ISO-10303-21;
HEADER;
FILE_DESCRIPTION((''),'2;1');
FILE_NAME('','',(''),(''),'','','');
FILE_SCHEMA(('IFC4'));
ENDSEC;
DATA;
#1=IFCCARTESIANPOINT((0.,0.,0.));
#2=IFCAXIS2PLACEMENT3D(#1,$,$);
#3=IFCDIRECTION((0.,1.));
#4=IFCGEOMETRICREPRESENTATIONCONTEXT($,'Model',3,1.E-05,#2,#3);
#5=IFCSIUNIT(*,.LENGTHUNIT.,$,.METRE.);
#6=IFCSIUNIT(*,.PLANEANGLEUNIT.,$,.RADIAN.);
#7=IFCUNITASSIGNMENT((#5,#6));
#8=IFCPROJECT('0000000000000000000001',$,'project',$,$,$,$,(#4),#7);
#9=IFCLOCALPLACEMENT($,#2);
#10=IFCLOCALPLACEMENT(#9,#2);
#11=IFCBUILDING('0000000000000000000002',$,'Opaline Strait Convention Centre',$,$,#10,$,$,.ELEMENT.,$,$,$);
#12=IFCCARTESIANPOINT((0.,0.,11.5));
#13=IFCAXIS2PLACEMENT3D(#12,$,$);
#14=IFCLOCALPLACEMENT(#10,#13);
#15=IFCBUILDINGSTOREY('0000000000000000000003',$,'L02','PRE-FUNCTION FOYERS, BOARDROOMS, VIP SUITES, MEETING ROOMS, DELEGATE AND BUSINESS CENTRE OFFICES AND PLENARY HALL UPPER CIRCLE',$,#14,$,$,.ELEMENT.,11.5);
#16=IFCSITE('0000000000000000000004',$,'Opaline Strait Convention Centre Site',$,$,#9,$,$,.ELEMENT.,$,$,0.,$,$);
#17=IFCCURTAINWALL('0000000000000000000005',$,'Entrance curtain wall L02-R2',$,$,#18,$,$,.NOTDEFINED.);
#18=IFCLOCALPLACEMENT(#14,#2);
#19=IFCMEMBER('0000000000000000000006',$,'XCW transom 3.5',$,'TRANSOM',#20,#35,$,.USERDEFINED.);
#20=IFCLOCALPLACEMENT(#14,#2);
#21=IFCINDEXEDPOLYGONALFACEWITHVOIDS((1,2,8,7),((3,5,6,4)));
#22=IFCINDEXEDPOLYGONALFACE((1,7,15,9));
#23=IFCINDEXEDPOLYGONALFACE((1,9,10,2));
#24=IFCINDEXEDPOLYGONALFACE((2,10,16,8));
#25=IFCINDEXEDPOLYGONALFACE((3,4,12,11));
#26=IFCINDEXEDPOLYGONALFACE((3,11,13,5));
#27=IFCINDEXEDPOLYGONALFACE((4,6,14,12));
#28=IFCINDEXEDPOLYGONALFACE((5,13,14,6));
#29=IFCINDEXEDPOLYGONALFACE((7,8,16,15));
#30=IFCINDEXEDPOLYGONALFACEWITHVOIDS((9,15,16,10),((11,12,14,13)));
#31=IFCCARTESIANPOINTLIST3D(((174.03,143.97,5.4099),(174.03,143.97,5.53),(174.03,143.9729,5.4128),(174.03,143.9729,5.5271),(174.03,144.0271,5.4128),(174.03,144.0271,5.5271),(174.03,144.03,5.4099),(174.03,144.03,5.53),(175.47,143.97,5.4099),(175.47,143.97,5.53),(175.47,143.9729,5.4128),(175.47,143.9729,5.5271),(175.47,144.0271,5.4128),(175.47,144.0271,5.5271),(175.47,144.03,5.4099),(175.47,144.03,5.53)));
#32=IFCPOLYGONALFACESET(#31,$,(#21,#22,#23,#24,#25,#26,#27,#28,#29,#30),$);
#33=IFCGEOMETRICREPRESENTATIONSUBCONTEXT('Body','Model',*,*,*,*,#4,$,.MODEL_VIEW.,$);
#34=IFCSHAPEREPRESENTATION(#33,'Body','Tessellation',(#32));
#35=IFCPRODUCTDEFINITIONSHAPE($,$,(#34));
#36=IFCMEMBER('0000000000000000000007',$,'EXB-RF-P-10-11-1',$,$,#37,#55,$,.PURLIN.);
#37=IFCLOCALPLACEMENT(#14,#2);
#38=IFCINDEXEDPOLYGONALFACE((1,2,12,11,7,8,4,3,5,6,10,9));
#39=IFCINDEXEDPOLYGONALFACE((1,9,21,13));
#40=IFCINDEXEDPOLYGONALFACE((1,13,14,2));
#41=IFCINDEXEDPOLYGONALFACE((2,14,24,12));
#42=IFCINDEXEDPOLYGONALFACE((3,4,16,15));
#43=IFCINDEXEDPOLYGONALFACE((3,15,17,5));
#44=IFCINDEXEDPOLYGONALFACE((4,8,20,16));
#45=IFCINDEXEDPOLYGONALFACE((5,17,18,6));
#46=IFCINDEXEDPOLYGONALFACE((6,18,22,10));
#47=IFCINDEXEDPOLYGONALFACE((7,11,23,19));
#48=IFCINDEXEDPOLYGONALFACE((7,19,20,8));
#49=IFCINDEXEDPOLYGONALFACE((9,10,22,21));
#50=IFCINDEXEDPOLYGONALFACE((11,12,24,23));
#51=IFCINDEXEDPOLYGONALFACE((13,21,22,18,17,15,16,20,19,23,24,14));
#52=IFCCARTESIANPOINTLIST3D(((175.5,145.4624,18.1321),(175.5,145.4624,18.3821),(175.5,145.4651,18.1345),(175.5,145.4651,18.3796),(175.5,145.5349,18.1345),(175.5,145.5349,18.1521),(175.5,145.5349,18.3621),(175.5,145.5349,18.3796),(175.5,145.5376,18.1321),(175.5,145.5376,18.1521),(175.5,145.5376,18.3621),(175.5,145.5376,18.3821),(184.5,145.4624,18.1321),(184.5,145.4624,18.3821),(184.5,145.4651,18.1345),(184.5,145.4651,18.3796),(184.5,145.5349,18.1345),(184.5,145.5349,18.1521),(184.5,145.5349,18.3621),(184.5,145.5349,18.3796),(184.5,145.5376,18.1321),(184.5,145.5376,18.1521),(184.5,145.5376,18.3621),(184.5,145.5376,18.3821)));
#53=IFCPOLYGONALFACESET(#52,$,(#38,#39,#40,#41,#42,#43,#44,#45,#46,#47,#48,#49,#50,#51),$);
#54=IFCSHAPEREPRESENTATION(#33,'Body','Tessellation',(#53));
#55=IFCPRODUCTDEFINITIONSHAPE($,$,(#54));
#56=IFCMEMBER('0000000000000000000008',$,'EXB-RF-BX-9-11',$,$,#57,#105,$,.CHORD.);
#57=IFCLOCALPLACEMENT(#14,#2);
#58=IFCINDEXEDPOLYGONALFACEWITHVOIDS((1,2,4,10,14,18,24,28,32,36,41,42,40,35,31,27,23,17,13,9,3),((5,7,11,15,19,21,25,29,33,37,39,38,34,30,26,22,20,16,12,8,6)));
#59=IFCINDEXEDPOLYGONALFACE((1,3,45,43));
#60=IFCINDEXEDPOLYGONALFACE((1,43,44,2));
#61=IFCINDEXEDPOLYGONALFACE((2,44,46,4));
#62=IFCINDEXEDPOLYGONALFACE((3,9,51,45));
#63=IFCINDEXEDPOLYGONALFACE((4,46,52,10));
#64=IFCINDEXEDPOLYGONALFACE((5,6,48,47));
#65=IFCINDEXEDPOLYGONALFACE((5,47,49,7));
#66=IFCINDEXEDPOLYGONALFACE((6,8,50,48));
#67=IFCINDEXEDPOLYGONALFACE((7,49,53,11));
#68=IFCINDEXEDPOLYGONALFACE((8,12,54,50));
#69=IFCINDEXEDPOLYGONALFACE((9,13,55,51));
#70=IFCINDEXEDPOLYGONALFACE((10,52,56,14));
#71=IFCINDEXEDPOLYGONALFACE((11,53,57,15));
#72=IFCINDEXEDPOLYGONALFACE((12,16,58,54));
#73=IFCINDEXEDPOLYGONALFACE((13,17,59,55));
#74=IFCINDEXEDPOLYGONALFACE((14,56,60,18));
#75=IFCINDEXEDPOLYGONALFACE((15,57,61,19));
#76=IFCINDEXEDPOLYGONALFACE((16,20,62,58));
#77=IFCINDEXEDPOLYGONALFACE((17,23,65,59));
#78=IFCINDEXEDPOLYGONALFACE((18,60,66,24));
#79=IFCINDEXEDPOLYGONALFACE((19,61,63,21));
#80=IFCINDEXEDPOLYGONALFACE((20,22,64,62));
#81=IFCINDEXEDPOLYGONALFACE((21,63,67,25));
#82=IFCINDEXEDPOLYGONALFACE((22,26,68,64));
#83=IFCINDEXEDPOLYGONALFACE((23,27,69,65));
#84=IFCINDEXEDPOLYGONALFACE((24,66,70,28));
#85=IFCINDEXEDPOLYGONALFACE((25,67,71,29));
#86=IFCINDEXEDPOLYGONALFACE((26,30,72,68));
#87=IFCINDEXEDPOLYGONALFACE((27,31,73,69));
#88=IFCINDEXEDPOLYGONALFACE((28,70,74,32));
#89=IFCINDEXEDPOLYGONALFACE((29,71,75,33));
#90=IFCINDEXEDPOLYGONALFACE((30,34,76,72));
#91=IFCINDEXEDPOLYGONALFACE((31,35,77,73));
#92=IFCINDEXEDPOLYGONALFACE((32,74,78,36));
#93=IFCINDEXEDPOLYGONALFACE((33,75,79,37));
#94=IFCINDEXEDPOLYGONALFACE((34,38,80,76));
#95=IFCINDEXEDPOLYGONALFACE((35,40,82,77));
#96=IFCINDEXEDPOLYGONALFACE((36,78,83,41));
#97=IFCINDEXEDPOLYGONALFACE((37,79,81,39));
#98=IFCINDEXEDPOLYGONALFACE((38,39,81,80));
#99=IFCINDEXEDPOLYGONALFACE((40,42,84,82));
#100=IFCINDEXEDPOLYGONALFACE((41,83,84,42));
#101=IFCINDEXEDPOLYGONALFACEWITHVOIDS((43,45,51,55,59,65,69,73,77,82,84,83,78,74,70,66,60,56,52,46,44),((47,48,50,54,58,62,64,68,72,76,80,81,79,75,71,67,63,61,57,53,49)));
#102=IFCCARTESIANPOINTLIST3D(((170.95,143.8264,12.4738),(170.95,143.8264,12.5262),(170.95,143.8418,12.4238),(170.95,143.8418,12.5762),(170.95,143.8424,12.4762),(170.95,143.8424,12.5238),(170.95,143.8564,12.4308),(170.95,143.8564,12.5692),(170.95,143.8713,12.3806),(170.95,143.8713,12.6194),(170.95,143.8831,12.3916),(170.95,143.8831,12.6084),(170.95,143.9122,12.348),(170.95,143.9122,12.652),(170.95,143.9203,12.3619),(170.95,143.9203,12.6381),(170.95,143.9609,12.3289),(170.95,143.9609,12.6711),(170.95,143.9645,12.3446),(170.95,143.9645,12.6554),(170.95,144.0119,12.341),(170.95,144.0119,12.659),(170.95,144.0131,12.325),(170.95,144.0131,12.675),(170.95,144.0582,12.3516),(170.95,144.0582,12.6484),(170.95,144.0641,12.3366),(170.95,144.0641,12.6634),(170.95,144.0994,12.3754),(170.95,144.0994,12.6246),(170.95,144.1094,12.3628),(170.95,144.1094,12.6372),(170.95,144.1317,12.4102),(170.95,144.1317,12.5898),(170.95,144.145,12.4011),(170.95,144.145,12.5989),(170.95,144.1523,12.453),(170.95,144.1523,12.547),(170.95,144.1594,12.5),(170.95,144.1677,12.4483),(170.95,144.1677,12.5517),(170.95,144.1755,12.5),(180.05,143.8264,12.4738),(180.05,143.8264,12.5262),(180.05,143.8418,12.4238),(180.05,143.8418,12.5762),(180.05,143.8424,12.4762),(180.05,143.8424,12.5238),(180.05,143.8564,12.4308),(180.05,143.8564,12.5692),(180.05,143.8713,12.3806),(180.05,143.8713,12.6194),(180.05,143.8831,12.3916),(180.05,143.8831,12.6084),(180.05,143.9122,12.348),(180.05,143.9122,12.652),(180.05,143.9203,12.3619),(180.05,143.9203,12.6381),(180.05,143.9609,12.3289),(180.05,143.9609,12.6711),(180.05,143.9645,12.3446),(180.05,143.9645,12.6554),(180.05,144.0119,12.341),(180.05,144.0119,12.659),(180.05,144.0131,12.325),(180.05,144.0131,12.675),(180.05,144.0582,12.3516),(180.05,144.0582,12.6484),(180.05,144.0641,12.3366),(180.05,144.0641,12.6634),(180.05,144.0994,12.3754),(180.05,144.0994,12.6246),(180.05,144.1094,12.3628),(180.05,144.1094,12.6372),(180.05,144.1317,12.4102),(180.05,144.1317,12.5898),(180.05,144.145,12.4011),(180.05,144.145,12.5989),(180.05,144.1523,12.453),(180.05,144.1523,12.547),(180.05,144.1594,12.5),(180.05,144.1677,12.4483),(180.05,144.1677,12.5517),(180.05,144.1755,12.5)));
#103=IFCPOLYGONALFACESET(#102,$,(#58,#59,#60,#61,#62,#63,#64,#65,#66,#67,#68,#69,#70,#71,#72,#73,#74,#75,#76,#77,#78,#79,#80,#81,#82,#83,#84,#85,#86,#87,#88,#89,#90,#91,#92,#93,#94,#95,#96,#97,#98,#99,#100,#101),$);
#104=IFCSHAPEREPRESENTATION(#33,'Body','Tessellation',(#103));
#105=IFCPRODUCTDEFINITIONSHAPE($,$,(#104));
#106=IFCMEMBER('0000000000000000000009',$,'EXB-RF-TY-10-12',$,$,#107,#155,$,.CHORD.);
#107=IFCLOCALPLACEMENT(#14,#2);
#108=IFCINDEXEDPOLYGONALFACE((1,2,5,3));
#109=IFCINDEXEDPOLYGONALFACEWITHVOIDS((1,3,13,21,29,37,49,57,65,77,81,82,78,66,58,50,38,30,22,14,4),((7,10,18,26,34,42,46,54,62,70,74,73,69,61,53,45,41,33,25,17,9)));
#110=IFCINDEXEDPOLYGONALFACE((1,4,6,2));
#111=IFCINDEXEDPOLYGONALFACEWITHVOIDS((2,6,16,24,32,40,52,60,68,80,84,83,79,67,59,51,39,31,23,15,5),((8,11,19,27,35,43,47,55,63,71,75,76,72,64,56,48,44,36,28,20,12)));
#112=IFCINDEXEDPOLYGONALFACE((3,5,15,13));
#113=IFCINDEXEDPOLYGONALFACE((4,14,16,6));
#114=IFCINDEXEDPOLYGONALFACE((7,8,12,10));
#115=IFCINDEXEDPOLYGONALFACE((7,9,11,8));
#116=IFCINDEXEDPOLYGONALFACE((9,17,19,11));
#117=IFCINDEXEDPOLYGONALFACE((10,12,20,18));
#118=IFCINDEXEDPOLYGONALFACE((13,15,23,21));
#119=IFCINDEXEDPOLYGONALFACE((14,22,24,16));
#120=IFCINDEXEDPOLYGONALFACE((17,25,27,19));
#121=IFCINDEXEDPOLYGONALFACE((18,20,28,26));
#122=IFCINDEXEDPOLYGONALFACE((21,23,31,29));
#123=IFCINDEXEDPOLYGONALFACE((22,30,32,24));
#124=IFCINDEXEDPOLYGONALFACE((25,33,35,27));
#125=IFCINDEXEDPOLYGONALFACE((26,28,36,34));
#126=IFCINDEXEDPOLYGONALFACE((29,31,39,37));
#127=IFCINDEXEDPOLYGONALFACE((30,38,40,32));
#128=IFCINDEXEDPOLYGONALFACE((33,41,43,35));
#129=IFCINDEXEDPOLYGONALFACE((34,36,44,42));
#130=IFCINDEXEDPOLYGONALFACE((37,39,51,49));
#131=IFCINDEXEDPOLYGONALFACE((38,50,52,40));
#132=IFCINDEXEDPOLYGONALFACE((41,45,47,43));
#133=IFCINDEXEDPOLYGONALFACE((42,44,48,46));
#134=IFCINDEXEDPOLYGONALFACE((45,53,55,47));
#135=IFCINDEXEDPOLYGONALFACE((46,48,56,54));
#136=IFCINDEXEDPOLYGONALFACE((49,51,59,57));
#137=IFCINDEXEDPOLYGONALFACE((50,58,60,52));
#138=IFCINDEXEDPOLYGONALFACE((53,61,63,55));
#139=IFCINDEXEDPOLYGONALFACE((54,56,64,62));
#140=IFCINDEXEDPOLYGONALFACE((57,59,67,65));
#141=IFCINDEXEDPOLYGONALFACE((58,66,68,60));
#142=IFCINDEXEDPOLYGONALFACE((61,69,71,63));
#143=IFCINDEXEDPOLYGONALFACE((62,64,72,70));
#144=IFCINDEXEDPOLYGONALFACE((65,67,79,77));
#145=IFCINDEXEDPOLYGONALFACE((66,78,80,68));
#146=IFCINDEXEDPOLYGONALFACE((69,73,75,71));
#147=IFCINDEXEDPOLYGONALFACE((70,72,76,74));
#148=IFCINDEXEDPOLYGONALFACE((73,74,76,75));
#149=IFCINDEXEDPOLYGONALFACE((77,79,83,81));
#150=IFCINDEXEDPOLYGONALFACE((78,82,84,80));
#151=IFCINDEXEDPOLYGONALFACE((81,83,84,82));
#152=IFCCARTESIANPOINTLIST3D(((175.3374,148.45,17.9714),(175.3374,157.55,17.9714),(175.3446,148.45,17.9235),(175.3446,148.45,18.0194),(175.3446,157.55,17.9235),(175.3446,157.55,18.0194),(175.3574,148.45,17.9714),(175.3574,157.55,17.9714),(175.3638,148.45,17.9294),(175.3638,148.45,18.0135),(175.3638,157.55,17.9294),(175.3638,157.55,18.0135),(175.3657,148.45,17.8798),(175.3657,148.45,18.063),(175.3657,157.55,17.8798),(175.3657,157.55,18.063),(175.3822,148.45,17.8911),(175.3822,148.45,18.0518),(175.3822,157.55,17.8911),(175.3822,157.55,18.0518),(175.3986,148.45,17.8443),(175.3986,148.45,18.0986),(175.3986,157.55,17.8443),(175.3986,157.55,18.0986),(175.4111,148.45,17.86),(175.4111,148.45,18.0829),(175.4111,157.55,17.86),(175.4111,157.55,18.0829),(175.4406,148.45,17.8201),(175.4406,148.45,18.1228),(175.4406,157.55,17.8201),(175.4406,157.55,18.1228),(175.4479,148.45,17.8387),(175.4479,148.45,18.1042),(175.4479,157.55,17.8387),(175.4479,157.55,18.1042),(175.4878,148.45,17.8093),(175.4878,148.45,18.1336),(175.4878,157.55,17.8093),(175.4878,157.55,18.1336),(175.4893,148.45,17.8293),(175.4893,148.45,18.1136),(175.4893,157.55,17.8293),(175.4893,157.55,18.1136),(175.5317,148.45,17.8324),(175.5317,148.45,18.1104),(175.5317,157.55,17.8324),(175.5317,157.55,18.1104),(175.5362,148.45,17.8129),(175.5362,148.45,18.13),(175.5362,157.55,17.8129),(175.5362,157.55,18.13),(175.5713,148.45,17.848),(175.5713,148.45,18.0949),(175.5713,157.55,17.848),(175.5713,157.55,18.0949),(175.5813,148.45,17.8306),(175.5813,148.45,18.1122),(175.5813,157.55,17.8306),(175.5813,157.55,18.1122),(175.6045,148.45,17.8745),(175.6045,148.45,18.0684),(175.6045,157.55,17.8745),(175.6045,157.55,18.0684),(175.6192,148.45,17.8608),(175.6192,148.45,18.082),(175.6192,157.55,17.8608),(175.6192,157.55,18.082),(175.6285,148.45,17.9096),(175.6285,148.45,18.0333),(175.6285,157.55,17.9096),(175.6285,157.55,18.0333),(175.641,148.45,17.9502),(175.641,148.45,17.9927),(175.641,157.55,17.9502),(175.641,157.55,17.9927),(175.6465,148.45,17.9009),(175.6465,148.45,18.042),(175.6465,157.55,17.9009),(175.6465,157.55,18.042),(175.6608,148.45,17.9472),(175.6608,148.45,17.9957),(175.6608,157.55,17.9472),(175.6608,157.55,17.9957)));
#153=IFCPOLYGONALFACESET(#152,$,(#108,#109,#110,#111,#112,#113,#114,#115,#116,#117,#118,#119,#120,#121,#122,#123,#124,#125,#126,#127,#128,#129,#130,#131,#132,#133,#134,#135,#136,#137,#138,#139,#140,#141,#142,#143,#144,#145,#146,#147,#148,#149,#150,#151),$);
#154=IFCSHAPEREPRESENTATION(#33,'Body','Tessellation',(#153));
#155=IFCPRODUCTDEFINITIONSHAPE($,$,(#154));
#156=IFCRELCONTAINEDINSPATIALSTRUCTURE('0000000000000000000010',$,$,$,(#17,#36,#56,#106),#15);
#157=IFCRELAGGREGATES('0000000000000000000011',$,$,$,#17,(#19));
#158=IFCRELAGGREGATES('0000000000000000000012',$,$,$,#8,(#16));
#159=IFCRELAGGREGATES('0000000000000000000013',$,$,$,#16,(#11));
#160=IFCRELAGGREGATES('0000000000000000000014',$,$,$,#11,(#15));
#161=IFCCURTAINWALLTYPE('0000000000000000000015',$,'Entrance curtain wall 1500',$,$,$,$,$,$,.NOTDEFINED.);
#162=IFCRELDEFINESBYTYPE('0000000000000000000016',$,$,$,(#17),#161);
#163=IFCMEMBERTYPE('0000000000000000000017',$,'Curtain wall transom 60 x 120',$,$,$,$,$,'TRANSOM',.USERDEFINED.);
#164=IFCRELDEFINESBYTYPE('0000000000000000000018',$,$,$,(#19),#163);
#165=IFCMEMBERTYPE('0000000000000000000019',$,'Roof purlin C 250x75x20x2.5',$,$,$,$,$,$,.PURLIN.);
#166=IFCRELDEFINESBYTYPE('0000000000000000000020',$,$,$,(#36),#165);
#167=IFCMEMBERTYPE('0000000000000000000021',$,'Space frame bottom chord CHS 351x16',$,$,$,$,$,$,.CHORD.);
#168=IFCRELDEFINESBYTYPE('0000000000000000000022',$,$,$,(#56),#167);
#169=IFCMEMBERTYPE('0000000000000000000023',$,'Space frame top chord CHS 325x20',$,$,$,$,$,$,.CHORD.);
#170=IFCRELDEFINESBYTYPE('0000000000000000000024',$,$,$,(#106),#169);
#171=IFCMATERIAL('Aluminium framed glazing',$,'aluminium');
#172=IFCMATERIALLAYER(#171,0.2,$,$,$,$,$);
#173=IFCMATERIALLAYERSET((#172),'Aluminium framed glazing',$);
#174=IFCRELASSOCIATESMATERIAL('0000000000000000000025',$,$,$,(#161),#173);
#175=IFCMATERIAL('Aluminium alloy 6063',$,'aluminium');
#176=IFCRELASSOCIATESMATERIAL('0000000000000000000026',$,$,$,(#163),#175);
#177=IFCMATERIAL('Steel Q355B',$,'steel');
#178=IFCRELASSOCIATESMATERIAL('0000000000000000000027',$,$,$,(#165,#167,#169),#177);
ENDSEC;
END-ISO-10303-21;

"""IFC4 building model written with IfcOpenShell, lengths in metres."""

from ifc_helpers import new_model, si_unit, direction, frame, origin, origin_2d, place, context, subcontext, project, spatial, polyline, hollow_rectangle, hollow_circle, outline, extrude, material, layer, layer_set, material_profile, profile_set, type_object, element, aggregate, save


model = new_model("IFC4")

# Units and contexts
model_context = context("Model", 3, precision=1e-05, world=origin(), true_north=direction((0.0, 1.0)))
body_context = subcontext(model_context, "Body", "Model", "MODEL_VIEW")
ifc_project = project(units=[si_unit("LENGTHUNIT", "METRE"), si_unit("PLANEANGLEUNIT", "RADIAN")], contexts=[model_context])

# Site, building, storey
site_placement = place(None, origin())
site = spatial("IfcSite", under=ifc_project, at=site_placement, Name="Opaline Strait Convention Centre Site", CompositionType="ELEMENT", RefElevation=0.0)
building_placement = place(site_placement, origin())
building = spatial("IfcBuilding", under=site, at=building_placement, Name="Opaline Strait Convention Centre", CompositionType="ELEMENT")
storey_placement = place(building_placement, frame((0.0, 0.0, 11.5)))
storey = spatial("IfcBuildingStorey", under=building, at=storey_placement, Name="L02", Description="PRE-FUNCTION FOYERS, BOARDROOMS, VIP SUITES, MEETING ROOMS, DELEGATE AND BUSINESS CENTRE OFFICES AND PLENARY HALL UPPER CIRCLE", CompositionType="ELEMENT", Elevation=11.5)

# Curtain wall, member
ifc_material_1 = material(Name="Aluminium framed glazing", Category="aluminium")
ifc_layer_1 = layer(ifc_material_1, 0.2)
ifc_layer_set_1 = layer_set([ifc_layer_1], Name="Aluminium framed glazing")
curtain_wall_type = type_object("IfcCurtainWallType", Name="Entrance curtain wall 1500", PredefinedType="NOTDEFINED", material=ifc_layer_set_1)
ifc_material_2 = material(Name="Aluminium alloy 6063", Category="aluminium")
ifc_material_profile_1 = material_profile(ifc_material_2, hollow_rectangle(XDim=0.0601, YDim=0.1201, WallThickness=0.0029, at=origin_2d()), Name="TRANSOM 60x120x3")
ifc_profile_set_1 = profile_set([ifc_material_profile_1], Name="Aluminium alloy 6063")
member_type_1 = type_object("IfcMemberType", Name="Curtain wall transom 60 x 120", ElementType="TRANSOM", PredefinedType="USERDEFINED", material=ifc_profile_set_1)
curtain_wall_1_placement = place(storey_placement, origin())
curtain_wall_1 = element("IfcCurtainWall", 1, at=curtain_wall_1_placement, inside=storey, type_object=curtain_wall_type, Name="Entrance curtain wall L02-R2", PredefinedType="NOTDEFINED")
member_1_placement = place(storey_placement, frame((174.03, 144.0, 5.47), z_axis=(1.0, 0.0, 0.0), x_axis=(0.0, 1.0, 0.0)))
member_1 = element("IfcMember", 2, at=member_1_placement, type_object=member_type_1, Name="XCW transom 3.5", ObjectType="TRANSOM", PredefinedType="USERDEFINED", context=body_context, shape_type="SweptSolid", body=[
    extrude(hollow_rectangle(XDim=0.0601, YDim=0.1201, WallThickness=0.0029, at=origin_2d()), origin(), (0.0, 0.0, 1.0), 1.4399),
])

# Members
ifc_material_3 = material(Name="Steel Q355B", Category="steel")
ifc_material_profile_2 = material_profile(ifc_material_3, outline(polyline([(-0.0376, -0.125), (0.0376, -0.125), (0.0376, -0.105), (0.0349, -0.105), (0.0349, -0.1226), (-0.0349, -0.1226), (-0.0349, 0.1226), (0.0349, 0.1226), (0.0349, 0.105), (0.0376, 0.105), (0.0376, 0.125), (-0.0376, 0.125), (-0.0376, -0.125)])), Name="C 250x75x20x2.5")
ifc_profile_set_2 = profile_set([ifc_material_profile_2], Name="Steel Q355B")
member_type_2 = type_object("IfcMemberType", Name="Roof purlin C 250x75x20x2.5", PredefinedType="PURLIN", material=ifc_profile_set_2)
member_2_placement = place(storey_placement, frame((175.5, 145.5, 18.2571), z_axis=(1.0, 0.0, 0.0), x_axis=(0.0, 1.0, 0.0)))
element("IfcMember", 3, at=member_2_placement, inside=storey, type_object=member_type_2, Name="EXB-RF-P-10-11-1", PredefinedType="PURLIN", context=body_context, shape_type="SweptSolid", body=[
    extrude(outline(polyline([(-0.0376, -0.125), (0.0376, -0.125), (0.0376, -0.105), (0.0349, -0.105), (0.0349, -0.1226), (-0.0349, -0.1226), (-0.0349, 0.1226), (0.0349, 0.1226), (0.0349, 0.105), (0.0376, 0.105), (0.0376, 0.125), (-0.0376, 0.125), (-0.0376, -0.125)])), origin(), (0.0, 0.0, 1.0), 9.0),
])
ifc_material_profile_3 = material_profile(ifc_material_3, hollow_circle(Radius=0.1755, WallThickness=0.0161, at=origin_2d()), Name="CHS 351x16")
ifc_profile_set_3 = profile_set([ifc_material_profile_3], Name="Steel Q355B")
member_type_3 = type_object("IfcMemberType", Name="Space frame bottom chord CHS 351x16", PredefinedType="CHORD", material=ifc_profile_set_3)
member_3_placement = place(storey_placement, frame((170.95, 144.0, 12.5), z_axis=(1.0, 0.0, 0.0), x_axis=(0.0, 1.0, 0.0)))
element("IfcMember", 4, at=member_3_placement, inside=storey, type_object=member_type_3, Name="EXB-RF-BX-9-11", PredefinedType="CHORD", context=body_context, shape_type="SweptSolid", body=[
    extrude(hollow_circle(Radius=0.1755, WallThickness=0.0161, at=origin_2d()), origin(), (0.0, 0.0, 1.0), 9.1001),
])
ifc_material_profile_4 = material_profile(ifc_material_3, hollow_circle(Radius=0.1626, WallThickness=0.02, at=origin_2d()), Name="CHS 325x20")
ifc_profile_set_4 = profile_set([ifc_material_profile_4], Name="Steel Q355B")
member_type_4 = type_object("IfcMemberType", Name="Space frame top chord CHS 325x20", PredefinedType="CHORD", material=ifc_profile_set_4)
member_4_placement = place(storey_placement, frame((175.5, 148.45, 17.9714), z_axis=(0.0, 1.0, 0.0), x_axis=(-1.0, 0.0, 0.0)))
element("IfcMember", 5, at=member_4_placement, inside=storey, type_object=member_type_4, Name="EXB-RF-TY-10-12", PredefinedType="CHORD", context=body_context, shape_type="SweptSolid", body=[
    extrude(hollow_circle(Radius=0.1626, WallThickness=0.02, at=origin_2d()), origin(), (0.0, 0.0, 1.0), 9.1001),
])

aggregate(curtain_wall_1, [member_1])

save(model, "model.ifc")
